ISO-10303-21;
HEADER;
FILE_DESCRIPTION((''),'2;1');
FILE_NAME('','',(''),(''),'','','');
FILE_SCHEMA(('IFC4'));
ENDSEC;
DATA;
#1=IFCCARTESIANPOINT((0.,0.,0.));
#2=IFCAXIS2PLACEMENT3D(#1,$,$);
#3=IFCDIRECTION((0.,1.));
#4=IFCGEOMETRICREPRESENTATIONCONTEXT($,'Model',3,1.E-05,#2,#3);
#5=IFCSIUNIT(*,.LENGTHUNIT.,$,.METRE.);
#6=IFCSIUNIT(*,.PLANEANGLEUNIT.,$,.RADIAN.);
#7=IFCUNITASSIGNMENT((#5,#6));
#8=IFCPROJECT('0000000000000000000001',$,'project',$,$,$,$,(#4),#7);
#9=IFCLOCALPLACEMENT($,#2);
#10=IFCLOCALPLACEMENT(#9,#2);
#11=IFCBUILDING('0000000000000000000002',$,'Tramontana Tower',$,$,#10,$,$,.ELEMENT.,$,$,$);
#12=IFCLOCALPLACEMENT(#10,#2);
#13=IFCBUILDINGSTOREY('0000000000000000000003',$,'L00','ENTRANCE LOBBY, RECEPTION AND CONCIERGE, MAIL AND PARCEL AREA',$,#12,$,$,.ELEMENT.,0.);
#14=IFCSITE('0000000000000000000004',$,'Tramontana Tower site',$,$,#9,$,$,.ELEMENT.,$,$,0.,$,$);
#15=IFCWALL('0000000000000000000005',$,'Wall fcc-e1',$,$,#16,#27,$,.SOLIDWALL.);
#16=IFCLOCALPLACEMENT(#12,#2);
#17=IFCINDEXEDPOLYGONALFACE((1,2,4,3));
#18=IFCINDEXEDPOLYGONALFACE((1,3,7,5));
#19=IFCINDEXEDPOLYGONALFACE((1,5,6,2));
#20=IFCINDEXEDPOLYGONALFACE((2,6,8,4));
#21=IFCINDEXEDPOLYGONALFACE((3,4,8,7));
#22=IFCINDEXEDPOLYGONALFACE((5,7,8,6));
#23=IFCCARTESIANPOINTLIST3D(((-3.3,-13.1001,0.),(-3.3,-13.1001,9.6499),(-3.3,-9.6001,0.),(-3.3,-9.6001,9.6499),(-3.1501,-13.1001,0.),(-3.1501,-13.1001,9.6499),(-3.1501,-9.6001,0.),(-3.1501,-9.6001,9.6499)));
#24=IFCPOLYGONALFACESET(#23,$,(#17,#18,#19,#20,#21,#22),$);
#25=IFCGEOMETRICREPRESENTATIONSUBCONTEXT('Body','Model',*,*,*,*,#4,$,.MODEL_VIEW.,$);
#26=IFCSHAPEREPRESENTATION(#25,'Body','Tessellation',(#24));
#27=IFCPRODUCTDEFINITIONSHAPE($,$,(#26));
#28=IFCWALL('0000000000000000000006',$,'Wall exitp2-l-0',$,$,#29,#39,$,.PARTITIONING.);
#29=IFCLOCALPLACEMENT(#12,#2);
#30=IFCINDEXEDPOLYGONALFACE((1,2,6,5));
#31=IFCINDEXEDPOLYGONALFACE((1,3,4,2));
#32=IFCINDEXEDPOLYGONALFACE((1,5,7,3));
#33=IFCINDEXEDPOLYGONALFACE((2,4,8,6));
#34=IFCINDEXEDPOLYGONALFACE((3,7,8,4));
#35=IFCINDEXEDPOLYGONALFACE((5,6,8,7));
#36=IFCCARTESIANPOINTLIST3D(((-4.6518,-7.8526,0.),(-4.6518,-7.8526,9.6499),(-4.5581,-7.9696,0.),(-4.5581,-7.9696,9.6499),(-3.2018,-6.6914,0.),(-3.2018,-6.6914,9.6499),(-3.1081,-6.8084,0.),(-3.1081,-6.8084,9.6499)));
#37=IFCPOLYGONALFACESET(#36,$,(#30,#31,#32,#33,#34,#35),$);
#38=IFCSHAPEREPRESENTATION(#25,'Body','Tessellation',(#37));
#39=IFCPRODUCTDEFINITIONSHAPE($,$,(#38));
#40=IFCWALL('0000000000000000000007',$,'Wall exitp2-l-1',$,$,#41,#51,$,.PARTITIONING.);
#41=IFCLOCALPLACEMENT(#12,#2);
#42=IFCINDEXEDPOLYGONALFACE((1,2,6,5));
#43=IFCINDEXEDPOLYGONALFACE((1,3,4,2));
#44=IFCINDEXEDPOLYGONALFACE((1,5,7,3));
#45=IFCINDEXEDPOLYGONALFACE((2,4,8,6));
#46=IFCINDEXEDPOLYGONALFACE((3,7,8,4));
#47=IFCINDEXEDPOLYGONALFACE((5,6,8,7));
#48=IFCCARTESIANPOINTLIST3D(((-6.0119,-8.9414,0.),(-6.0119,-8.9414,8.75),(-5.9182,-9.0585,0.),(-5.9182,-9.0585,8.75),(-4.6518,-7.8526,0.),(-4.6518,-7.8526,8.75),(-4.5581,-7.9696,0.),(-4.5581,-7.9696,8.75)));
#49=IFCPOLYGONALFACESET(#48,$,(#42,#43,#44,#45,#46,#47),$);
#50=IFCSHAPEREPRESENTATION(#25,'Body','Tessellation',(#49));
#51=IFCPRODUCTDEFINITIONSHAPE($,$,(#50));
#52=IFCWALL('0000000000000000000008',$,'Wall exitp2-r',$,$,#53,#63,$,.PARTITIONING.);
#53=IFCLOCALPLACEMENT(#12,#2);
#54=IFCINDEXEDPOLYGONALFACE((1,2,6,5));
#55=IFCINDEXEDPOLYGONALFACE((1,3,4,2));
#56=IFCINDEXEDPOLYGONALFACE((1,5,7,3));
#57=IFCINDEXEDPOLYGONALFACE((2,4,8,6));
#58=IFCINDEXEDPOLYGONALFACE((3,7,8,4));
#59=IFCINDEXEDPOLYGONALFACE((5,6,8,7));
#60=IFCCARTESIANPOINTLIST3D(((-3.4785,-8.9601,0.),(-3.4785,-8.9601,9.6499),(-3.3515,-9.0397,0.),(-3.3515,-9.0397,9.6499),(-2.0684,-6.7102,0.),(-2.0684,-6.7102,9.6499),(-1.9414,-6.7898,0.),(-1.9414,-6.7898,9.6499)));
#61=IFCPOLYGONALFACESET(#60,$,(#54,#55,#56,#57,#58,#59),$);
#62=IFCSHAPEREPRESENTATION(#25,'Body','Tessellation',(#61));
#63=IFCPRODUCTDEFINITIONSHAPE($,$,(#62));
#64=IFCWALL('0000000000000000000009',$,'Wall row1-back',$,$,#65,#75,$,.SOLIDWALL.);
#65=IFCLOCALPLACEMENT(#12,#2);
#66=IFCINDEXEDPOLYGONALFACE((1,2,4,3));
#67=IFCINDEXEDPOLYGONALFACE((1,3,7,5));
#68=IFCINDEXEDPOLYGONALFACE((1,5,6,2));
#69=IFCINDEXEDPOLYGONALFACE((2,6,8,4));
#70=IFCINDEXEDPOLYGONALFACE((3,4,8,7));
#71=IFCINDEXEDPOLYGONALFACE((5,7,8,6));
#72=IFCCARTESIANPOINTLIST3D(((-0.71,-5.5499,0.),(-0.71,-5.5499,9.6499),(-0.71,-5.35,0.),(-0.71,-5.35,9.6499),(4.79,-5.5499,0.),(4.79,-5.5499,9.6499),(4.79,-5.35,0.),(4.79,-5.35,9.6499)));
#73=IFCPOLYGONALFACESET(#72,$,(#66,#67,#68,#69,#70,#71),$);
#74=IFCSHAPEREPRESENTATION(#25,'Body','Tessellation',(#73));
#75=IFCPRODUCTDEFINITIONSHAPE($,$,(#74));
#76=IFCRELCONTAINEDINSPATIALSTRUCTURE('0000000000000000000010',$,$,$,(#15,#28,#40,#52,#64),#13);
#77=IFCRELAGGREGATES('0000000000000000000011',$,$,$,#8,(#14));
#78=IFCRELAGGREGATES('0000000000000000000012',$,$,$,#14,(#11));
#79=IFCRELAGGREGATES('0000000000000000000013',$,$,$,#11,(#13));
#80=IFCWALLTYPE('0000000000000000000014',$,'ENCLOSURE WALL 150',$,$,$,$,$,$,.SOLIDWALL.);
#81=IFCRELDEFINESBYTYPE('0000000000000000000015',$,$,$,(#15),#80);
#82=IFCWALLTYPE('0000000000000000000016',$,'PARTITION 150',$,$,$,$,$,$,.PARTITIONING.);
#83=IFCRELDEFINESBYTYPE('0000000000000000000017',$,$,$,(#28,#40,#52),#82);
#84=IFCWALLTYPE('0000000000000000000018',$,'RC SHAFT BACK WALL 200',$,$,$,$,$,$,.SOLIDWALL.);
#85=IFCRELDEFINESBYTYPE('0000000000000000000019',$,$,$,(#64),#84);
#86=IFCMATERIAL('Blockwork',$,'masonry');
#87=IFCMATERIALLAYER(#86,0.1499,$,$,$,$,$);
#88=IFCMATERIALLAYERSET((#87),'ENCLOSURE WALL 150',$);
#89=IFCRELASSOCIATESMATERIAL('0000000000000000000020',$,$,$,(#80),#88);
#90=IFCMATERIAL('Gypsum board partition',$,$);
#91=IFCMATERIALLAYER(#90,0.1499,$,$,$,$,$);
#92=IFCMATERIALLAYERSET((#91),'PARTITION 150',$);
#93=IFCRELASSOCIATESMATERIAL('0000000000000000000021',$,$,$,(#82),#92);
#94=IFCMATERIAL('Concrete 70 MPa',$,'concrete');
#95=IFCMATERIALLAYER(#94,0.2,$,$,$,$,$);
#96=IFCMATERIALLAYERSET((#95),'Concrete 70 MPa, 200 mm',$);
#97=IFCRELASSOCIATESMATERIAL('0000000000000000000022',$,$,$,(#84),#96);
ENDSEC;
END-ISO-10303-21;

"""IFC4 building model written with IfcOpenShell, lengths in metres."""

from ifc_helpers import new_model, si_unit, direction, frame, frame_2d, origin, place, context, subcontext, project, spatial, rectangle, extrude, material, layer, layer_set, type_object, element, save


model = new_model("IFC4")

# Units and contexts
model_context = context("Model", 3, precision=1e-05, world=origin(), true_north=direction((0.0, 1.0)))
body_context = subcontext(model_context, "Body", "Model", "MODEL_VIEW")
ifc_project = project(units=[si_unit("LENGTHUNIT", "METRE"), si_unit("PLANEANGLEUNIT", "RADIAN")], contexts=[model_context])

# Site, building, storey
site_placement = place(None, origin())
site = spatial("IfcSite", under=ifc_project, at=site_placement, Name="Tramontana Tower site", CompositionType="ELEMENT", RefElevation=0.0)
building_placement = place(site_placement, origin())
building = spatial("IfcBuilding", under=site, at=building_placement, Name="Tramontana Tower", CompositionType="ELEMENT")
storey_placement = place(building_placement, origin())
storey = spatial("IfcBuildingStorey", under=building, at=storey_placement, Name="L00", Description="ENTRANCE LOBBY, RECEPTION AND CONCIERGE, MAIL AND PARCEL AREA", CompositionType="ELEMENT", Elevation=0.0)

# Walls
ifc_material_1 = material(Name="Blockwork", Category="masonry")
ifc_layer_1 = layer(ifc_material_1, 0.1499)
ifc_layer_set_1 = layer_set([ifc_layer_1], Name="ENCLOSURE WALL 150")
wall_type_1 = type_object("IfcWallType", Name="ENCLOSURE WALL 150", PredefinedType="SOLIDWALL", material=ifc_layer_set_1)
wall_1_placement = place(storey_placement, frame((-3.2251, -9.6001, 0.0), z_axis=(0.0, 0.0, 1.0), x_axis=(0.0, -1.0, 0.0)))
element("IfcWall", 1, at=wall_1_placement, inside=storey, type_object=wall_type_1, Name="Wall fcc-e1", PredefinedType="SOLIDWALL", context=body_context, shape_type="SweptSolid", body=[
    extrude(rectangle(XDim=3.5, YDim=0.1499, at=frame_2d((1.75, 0.0))), origin(), (0.0, 0.0, 1.0), 9.6499),
])
ifc_material_2 = material(Name="Gypsum board partition")
ifc_layer_2 = layer(ifc_material_2, 0.1499)
ifc_layer_set_2 = layer_set([ifc_layer_2], Name="PARTITION 150")
wall_type_2 = type_object("IfcWallType", Name="PARTITION 150", PredefinedType="PARTITIONING", material=ifc_layer_set_2)
wall_2_placement = place(storey_placement, frame((-3.155, -6.75, 0.0), z_axis=(0.0, 0.0, 1.0), x_axis=(-0.780561, -0.62508, 0.0)))
element("IfcWall", 2, at=wall_2_placement, inside=storey, type_object=wall_type_2, Name="Wall exitp2-l-0", PredefinedType="PARTITIONING", context=body_context, shape_type="SweptSolid", body=[
    extrude(rectangle(XDim=1.8577, YDim=0.1499, at=frame_2d((0.9287, 0.0))), origin(), (0.0, 0.0, 1.0), 9.6499),
])
wall_3_placement = place(storey_placement, frame((-4.605, -7.9111, 0.0), z_axis=(0.0, 0.0, 1.0), x_axis=(-0.78065, -0.624968, 0.0)))
element("IfcWall", 3, at=wall_3_placement, inside=storey, type_object=wall_type_2, Name="Wall exitp2-l-1", PredefinedType="PARTITIONING", context=body_context, shape_type="SweptSolid", body=[
    extrude(rectangle(XDim=1.7422, YDim=0.1499, at=frame_2d((0.8711, 0.0))), origin(), (0.0, 0.0, 1.0), 8.75),
])
wall_4_placement = place(storey_placement, frame((-2.0049, -6.75, 0.0), z_axis=(0.0, 0.0, 1.0), x_axis=(-0.531056, -0.847336, 0.0)))
element("IfcWall", 4, at=wall_4_placement, inside=storey, type_object=wall_type_2, Name="Wall exitp2-r", PredefinedType="PARTITIONING", context=body_context, shape_type="SweptSolid", body=[
    extrude(rectangle(XDim=2.6553, YDim=0.1499, at=frame_2d((1.3276, 0.0))), origin(), (0.0, 0.0, 1.0), 9.6499),
])
ifc_material_3 = material(Name="Concrete 70 MPa", Category="concrete")
ifc_layer_3 = layer(ifc_material_3, 0.2)
ifc_layer_set_3 = layer_set([ifc_layer_3], Name="Concrete 70 MPa, 200 mm")
wall_type_3 = type_object("IfcWallType", Name="RC SHAFT BACK WALL 200", PredefinedType="SOLIDWALL", material=ifc_layer_set_3)
wall_5_placement = place(storey_placement, frame((-0.71, -5.45, 0.0), z_axis=(0.0, 0.0, 1.0), x_axis=(1.0, 0.0, 0.0)))
element("IfcWall", 5, at=wall_5_placement, inside=storey, type_object=wall_type_3, Name="Wall row1-back", PredefinedType="SOLIDWALL", context=body_context, shape_type="SweptSolid", body=[
    extrude(rectangle(XDim=5.5, YDim=0.2, at=frame_2d((2.75, 0.0))), origin(), (0.0, 0.0, 1.0), 9.6499),
])

save(model, "model.ifc")
